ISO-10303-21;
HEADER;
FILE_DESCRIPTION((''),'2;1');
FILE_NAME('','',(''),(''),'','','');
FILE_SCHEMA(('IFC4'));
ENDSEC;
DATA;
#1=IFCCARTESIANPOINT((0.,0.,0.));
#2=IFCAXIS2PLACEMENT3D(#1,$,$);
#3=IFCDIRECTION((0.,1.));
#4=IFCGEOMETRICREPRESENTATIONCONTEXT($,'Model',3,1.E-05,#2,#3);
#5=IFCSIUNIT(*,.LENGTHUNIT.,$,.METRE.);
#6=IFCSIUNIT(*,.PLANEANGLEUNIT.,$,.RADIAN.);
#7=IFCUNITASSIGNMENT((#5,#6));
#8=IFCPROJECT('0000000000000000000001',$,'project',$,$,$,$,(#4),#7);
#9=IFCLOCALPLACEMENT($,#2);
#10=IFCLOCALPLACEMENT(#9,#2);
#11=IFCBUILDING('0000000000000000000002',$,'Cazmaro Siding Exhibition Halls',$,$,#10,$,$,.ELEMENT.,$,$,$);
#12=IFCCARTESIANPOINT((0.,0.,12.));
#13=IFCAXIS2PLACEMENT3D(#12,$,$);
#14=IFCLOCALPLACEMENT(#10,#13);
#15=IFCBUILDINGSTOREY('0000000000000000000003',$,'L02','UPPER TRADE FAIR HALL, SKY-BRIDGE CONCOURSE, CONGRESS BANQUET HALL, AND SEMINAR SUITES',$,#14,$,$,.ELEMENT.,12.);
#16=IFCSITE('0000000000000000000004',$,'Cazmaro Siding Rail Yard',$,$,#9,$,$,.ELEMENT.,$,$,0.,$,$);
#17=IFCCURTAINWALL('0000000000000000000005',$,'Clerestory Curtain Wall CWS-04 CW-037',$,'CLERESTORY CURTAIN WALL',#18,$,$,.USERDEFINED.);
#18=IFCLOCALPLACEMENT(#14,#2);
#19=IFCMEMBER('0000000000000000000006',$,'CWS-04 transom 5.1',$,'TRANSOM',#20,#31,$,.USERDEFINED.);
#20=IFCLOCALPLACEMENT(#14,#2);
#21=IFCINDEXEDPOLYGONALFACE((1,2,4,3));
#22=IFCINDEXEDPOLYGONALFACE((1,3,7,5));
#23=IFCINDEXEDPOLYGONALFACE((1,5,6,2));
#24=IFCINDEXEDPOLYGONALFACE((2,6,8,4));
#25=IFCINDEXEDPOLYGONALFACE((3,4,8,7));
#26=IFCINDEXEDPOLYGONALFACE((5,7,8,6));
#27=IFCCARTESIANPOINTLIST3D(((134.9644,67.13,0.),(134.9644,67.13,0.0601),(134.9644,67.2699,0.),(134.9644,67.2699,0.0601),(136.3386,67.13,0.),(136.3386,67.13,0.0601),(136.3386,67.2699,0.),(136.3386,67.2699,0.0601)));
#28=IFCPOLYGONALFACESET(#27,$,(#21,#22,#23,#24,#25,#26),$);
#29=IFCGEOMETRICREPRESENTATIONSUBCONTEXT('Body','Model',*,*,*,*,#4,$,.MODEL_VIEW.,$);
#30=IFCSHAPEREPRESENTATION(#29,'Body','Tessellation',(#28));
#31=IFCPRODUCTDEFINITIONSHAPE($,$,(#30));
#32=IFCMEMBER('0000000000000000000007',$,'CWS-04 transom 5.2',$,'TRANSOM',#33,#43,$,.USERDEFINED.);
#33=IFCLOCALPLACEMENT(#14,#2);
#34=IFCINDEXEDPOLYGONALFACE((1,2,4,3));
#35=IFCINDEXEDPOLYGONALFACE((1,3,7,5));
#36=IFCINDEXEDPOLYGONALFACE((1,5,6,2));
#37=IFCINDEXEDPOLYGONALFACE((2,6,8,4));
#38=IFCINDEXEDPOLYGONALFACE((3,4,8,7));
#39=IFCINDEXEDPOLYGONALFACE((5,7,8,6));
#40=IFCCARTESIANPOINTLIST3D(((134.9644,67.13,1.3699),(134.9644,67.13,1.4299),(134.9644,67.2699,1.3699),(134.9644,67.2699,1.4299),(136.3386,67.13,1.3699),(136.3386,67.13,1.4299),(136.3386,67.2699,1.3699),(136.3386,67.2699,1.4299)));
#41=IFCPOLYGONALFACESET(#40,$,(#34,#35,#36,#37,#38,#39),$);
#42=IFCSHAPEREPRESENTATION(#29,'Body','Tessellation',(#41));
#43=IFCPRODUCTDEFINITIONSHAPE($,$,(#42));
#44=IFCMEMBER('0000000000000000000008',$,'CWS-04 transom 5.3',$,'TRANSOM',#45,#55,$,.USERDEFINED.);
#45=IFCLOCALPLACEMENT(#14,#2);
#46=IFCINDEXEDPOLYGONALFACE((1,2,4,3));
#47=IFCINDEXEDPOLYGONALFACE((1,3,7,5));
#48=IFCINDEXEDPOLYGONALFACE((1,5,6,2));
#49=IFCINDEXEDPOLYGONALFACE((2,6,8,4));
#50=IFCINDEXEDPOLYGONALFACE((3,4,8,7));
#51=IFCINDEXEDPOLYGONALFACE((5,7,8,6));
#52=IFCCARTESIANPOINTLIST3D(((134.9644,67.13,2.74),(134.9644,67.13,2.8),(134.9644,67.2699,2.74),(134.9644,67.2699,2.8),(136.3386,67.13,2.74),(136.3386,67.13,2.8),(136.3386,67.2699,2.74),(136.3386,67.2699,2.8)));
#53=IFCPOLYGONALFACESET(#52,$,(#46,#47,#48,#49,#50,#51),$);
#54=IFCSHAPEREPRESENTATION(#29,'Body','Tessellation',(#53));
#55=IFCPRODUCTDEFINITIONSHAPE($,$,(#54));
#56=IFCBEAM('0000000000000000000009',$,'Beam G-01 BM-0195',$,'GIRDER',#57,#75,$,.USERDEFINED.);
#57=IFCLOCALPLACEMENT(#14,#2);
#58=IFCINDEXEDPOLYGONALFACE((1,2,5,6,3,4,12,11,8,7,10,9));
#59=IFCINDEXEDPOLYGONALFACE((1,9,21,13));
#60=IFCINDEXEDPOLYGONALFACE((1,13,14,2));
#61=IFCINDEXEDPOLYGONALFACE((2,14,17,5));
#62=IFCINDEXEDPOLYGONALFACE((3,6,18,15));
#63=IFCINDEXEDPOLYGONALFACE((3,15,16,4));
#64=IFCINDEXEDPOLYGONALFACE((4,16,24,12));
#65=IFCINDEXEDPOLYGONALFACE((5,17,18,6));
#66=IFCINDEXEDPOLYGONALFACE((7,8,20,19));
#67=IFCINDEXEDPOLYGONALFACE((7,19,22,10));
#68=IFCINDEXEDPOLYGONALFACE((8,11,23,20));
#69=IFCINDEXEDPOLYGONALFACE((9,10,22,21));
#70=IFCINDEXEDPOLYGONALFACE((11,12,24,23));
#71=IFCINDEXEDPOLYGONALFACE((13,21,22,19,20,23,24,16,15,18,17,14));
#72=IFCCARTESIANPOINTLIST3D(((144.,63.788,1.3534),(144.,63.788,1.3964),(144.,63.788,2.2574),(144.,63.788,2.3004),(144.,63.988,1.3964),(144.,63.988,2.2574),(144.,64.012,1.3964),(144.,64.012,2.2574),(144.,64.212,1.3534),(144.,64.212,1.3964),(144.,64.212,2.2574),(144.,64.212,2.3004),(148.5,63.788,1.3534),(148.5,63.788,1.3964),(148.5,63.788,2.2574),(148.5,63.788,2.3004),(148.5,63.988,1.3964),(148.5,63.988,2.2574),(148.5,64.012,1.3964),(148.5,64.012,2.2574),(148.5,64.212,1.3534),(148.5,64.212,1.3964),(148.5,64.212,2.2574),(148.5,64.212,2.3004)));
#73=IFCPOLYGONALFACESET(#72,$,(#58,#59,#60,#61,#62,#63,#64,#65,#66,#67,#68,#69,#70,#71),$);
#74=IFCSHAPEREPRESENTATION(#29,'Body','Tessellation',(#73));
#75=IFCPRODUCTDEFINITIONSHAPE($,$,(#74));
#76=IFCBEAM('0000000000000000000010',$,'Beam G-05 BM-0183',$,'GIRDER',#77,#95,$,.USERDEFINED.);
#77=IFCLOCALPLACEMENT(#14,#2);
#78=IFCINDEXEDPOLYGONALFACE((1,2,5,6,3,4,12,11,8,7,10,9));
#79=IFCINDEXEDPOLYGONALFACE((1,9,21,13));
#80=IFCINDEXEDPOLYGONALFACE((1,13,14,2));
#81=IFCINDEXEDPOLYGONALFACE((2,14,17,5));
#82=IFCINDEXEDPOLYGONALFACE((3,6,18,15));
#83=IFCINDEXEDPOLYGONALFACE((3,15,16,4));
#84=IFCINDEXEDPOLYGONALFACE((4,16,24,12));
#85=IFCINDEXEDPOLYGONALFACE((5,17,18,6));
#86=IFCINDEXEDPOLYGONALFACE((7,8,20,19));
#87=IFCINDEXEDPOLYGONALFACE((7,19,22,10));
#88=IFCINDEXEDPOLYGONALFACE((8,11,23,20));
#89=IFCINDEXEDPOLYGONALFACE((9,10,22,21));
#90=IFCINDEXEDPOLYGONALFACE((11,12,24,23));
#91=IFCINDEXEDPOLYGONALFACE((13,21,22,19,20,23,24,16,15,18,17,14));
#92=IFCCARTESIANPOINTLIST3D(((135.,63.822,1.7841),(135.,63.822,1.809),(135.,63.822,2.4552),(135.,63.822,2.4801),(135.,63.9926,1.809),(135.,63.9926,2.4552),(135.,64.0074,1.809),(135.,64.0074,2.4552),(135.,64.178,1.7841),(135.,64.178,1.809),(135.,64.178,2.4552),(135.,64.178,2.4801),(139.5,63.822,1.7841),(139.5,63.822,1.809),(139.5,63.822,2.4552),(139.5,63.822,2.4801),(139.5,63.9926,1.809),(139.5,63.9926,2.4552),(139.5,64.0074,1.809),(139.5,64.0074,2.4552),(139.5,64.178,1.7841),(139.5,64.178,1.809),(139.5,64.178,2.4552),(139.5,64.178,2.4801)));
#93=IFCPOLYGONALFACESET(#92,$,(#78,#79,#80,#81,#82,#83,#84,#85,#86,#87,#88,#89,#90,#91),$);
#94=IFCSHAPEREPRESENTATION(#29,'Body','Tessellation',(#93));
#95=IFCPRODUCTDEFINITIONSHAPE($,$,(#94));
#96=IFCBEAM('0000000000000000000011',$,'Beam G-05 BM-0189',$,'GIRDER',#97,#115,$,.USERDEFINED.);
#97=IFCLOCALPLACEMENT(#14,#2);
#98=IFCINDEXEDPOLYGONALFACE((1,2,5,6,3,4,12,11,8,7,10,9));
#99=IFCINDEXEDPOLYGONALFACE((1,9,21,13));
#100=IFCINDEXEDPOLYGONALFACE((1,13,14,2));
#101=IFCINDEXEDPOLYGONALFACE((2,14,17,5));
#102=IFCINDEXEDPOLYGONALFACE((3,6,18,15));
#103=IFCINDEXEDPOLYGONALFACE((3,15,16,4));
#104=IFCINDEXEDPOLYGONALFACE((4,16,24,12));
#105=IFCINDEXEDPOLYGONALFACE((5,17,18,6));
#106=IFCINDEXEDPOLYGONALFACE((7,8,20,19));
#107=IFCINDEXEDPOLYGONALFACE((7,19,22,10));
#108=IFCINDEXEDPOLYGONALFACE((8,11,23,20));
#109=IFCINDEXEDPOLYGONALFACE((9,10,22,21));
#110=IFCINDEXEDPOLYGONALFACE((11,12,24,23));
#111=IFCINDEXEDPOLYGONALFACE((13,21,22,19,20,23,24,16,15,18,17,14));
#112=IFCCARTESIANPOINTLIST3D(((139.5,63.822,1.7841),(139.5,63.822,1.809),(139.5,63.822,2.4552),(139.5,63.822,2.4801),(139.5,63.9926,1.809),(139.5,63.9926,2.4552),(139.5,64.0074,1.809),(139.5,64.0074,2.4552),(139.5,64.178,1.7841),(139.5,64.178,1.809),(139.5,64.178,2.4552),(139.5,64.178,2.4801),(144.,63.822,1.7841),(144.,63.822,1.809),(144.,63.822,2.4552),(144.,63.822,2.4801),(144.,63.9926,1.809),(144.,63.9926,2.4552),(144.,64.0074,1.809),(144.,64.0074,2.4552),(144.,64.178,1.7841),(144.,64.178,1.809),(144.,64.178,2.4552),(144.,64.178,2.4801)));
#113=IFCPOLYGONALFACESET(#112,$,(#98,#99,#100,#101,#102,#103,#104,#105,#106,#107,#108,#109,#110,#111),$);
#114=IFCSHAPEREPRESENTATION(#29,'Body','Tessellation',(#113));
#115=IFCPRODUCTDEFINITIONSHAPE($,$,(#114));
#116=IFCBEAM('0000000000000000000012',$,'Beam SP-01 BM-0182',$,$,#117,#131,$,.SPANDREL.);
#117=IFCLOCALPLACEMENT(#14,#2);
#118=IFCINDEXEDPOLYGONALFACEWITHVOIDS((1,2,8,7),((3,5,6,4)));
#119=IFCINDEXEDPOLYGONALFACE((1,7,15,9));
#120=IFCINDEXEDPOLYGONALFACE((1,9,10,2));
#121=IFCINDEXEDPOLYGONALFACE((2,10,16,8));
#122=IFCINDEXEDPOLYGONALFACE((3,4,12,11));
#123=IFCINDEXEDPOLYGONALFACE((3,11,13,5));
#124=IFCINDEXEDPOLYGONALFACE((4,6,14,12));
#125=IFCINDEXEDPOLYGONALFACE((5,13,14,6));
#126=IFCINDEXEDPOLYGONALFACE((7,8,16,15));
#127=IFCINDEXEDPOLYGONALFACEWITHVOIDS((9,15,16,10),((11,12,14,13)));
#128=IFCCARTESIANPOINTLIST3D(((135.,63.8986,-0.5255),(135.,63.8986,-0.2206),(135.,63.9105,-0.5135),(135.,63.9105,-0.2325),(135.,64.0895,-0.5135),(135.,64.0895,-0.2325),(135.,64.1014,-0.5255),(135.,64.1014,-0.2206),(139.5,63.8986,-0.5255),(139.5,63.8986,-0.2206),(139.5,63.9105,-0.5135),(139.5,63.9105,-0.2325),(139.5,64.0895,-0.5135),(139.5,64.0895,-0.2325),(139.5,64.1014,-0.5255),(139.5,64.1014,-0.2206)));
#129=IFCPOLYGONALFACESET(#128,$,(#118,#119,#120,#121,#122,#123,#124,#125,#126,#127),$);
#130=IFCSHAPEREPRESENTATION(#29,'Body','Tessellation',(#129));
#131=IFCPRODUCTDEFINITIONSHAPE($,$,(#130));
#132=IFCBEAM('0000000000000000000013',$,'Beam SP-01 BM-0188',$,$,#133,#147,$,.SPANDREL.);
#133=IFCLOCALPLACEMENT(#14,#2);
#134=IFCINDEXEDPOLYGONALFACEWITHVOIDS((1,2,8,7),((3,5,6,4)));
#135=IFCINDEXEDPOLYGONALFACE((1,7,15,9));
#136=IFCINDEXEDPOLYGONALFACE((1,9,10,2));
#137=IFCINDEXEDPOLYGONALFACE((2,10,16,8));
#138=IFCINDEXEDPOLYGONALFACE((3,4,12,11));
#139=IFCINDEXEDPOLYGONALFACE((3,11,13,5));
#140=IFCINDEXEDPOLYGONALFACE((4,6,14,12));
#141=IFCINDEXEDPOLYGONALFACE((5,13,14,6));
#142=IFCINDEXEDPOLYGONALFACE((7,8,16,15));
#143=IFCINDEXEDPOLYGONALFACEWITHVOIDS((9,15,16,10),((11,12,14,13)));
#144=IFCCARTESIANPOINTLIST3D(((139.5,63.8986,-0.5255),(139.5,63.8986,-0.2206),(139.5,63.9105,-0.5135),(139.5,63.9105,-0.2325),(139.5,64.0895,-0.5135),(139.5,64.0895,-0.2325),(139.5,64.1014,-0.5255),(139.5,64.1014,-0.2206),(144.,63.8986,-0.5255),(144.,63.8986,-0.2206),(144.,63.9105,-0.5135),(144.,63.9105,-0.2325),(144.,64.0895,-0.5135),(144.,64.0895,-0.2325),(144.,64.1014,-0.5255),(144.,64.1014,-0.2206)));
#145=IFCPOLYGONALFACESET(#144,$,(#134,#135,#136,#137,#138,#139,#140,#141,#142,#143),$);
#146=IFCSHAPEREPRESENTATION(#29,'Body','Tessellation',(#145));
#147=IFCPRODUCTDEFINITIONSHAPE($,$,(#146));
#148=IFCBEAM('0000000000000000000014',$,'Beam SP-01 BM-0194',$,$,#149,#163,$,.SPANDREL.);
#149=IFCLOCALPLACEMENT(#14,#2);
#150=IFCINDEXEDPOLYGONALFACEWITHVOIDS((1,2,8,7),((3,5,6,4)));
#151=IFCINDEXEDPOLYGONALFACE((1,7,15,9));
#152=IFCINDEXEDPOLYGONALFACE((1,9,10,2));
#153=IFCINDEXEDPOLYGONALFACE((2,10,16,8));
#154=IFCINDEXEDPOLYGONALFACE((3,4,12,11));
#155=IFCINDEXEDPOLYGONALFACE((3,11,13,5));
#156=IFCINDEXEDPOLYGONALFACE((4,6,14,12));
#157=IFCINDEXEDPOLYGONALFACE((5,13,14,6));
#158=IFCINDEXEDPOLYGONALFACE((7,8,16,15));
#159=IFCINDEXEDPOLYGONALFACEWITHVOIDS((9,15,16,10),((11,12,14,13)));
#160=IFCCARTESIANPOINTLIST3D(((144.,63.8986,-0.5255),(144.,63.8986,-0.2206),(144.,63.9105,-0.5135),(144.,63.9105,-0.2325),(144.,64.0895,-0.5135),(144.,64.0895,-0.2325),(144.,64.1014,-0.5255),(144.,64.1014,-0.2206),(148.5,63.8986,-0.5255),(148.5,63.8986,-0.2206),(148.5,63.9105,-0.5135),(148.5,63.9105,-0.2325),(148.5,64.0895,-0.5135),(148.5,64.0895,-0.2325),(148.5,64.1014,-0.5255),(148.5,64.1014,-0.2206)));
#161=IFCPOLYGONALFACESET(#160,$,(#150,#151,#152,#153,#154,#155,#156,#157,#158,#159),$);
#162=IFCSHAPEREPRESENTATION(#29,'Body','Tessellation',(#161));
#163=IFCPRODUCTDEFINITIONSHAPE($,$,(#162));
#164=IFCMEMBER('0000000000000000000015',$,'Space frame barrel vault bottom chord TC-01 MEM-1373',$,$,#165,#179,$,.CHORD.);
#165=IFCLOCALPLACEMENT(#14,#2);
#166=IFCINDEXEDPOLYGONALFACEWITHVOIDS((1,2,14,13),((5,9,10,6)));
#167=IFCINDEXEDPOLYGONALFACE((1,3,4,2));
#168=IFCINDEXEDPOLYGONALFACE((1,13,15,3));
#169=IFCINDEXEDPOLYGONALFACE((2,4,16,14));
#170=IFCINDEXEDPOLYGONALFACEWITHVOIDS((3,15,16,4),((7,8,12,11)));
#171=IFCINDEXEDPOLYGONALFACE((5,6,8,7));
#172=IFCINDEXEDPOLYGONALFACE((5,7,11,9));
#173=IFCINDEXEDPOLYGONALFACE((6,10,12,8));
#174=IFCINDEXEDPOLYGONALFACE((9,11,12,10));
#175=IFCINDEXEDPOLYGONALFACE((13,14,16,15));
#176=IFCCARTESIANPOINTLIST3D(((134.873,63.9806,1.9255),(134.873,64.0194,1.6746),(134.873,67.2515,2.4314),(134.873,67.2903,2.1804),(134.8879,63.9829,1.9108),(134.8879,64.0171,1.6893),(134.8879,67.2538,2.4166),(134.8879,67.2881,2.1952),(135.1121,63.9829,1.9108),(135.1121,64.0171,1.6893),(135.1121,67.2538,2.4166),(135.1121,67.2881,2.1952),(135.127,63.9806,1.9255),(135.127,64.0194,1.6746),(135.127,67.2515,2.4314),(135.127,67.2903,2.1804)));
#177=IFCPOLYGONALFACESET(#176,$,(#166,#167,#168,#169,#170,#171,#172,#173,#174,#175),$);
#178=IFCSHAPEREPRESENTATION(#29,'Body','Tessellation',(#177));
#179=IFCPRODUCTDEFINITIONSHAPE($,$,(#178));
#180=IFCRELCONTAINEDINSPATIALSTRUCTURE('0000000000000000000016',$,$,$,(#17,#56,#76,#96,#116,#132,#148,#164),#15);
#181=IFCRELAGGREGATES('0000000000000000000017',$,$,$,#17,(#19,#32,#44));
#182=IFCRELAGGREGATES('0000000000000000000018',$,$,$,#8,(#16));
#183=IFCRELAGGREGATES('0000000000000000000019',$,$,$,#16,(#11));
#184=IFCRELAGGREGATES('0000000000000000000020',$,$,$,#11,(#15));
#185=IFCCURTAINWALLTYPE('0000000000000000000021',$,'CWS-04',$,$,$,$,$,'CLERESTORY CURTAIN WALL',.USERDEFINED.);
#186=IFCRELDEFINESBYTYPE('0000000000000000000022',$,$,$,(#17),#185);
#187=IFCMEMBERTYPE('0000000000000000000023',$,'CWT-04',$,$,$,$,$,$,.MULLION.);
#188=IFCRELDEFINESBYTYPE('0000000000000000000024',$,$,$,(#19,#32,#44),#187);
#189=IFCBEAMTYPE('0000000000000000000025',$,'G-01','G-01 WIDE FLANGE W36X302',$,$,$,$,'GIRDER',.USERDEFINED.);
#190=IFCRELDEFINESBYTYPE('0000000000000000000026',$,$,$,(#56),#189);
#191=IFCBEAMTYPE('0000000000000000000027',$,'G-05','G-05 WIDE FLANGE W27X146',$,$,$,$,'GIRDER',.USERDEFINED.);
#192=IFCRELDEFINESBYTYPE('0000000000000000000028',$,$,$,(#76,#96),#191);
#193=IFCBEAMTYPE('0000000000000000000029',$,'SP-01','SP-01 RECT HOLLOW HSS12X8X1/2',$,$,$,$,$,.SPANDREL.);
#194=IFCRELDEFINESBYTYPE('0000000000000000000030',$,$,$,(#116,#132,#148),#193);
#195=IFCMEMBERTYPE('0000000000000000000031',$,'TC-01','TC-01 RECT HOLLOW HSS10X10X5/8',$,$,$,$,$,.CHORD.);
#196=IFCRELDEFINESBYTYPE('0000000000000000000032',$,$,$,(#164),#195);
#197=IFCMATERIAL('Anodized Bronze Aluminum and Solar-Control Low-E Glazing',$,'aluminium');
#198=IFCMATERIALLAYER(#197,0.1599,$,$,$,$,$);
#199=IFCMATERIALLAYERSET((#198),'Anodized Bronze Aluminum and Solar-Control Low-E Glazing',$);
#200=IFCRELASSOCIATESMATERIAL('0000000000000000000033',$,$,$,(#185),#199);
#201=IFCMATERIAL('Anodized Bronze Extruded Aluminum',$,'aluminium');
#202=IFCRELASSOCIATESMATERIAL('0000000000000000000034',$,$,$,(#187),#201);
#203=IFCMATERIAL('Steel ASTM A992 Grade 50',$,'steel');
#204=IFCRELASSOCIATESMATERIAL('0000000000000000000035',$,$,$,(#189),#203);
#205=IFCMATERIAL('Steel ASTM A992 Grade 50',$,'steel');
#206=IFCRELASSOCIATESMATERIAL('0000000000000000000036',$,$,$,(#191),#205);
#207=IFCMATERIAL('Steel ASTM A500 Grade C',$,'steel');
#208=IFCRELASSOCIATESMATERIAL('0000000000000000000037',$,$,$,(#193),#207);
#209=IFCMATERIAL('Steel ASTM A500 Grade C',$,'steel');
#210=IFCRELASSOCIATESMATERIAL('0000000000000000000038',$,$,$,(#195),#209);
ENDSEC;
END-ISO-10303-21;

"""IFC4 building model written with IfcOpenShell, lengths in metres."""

from ifc_helpers import new_model, si_unit, direction, frame, origin, origin_2d, place, context, subcontext, project, spatial, rectangle, hollow_rectangle, i_section, extrude, material, layer, layer_set, material_profile, profile_set, type_object, element, aggregate, save


model = new_model("IFC4")

# Units and contexts
model_context = context("Model", 3, precision=1e-05, world=origin(), true_north=direction((0.0, 1.0)))
body_context = subcontext(model_context, "Body", "Model", "MODEL_VIEW")
ifc_project = project(units=[si_unit("LENGTHUNIT", "METRE"), si_unit("PLANEANGLEUNIT", "RADIAN")], contexts=[model_context])

# Site, building, storey
site_placement = place(None, origin())
site = spatial("IfcSite", under=ifc_project, at=site_placement, Name="Cazmaro Siding Rail Yard", CompositionType="ELEMENT", RefElevation=0.0)
building_placement = place(site_placement, origin())
building = spatial("IfcBuilding", under=site, at=building_placement, Name="Cazmaro Siding Exhibition Halls", CompositionType="ELEMENT")
storey_placement = place(building_placement, frame((0.0, 0.0, 12.0)))
storey = spatial("IfcBuildingStorey", under=building, at=storey_placement, Name="L02", Description="UPPER TRADE FAIR HALL, SKY-BRIDGE CONCOURSE, CONGRESS BANQUET HALL, AND SEMINAR SUITES", CompositionType="ELEMENT", Elevation=12.0)

# Curtain wall, members
ifc_material_1 = material(Name="Anodized Bronze Aluminum and Solar-Control Low-E Glazing", Category="aluminium")
ifc_layer_1 = layer(ifc_material_1, 0.1599)
ifc_layer_set_1 = layer_set([ifc_layer_1], Name="Anodized Bronze Aluminum and Solar-Control Low-E Glazing")
curtain_wall_type = type_object("IfcCurtainWallType", Name="CWS-04", ElementType="CLERESTORY CURTAIN WALL", PredefinedType="USERDEFINED", material=ifc_layer_set_1)
curtain_wall_placement = place(storey_placement, origin())
curtain_wall = element("IfcCurtainWall", 1, at=curtain_wall_placement, inside=storey, type_object=curtain_wall_type, Name="Clerestory Curtain Wall CWS-04 CW-037", ObjectType="CLERESTORY CURTAIN WALL", PredefinedType="USERDEFINED")
ifc_material_2 = material(Name="Anodized Bronze Extruded Aluminum", Category="aluminium")
ifc_material_profile_1 = material_profile(ifc_material_2, rectangle(XDim=0.1399, YDim=0.0601, at=origin_2d()), Name="CWT-04")
ifc_profile_set_1 = profile_set([ifc_material_profile_1], Name="Anodized Bronze Extruded Aluminum")
member_type_1 = type_object("IfcMemberType", Name="CWT-04", PredefinedType="MULLION", material=ifc_profile_set_1)
member_1_placement = place(storey_placement, frame((134.9644, 67.2, 0.03), z_axis=(1.0, 0.0, 0.0), x_axis=(0.0, 1.0, 0.0)))
member_1 = element("IfcMember", 2, at=member_1_placement, type_object=member_type_1, Name="CWS-04 transom 5.1", ObjectType="TRANSOM", PredefinedType="USERDEFINED", context=body_context, shape_type="SweptSolid", body=[
    extrude(rectangle(XDim=0.1399, YDim=0.0601, at=origin_2d()), origin(), (0.0, 0.0, 1.0), 1.3743),
])
member_2_placement = place(storey_placement, frame((134.9644, 67.2, 1.3999), z_axis=(1.0, 0.0, 0.0), x_axis=(0.0, 1.0, 0.0)))
member_2 = element("IfcMember", 3, at=member_2_placement, type_object=member_type_1, Name="CWS-04 transom 5.2", ObjectType="TRANSOM", PredefinedType="USERDEFINED", context=body_context, shape_type="SweptSolid", body=[
    extrude(rectangle(XDim=0.1399, YDim=0.0601, at=origin_2d()), origin(), (0.0, 0.0, 1.0), 1.3743),
])
member_3_placement = place(storey_placement, frame((134.9644, 67.2, 2.77), z_axis=(1.0, 0.0, 0.0), x_axis=(0.0, 1.0, 0.0)))
member_3 = element("IfcMember", 4, at=member_3_placement, type_object=member_type_1, Name="CWS-04 transom 5.3", ObjectType="TRANSOM", PredefinedType="USERDEFINED", context=body_context, shape_type="SweptSolid", body=[
    extrude(rectangle(XDim=0.1399, YDim=0.0601, at=origin_2d()), origin(), (0.0, 0.0, 1.0), 1.3743),
])

# Beams
ifc_material_3 = material(Name="Steel ASTM A992 Grade 50", Category="steel")
ifc_material_profile_2 = material_profile(ifc_material_3, i_section(OverallWidth=0.4241, OverallDepth=0.947, WebThickness=0.0239, FlangeThickness=0.043, at=origin_2d()), Name="W36X302")
ifc_profile_set_2 = profile_set([ifc_material_profile_2], Name="Steel ASTM A992 Grade 50")
beam_type_1 = type_object("IfcBeamType", Name="G-01", Description="G-01 WIDE FLANGE W36X302", ElementType="GIRDER", PredefinedType="USERDEFINED", material=ifc_profile_set_2)
beam_1_placement = place(storey_placement, frame((144.0, 64.0, 1.8269), z_axis=(1.0, 0.0, 0.0), x_axis=(0.0, 1.0, 0.0)))
element("IfcBeam", 5, at=beam_1_placement, inside=storey, type_object=beam_type_1, Name="Beam G-01 BM-0195", ObjectType="GIRDER", PredefinedType="USERDEFINED", context=body_context, shape_type="SweptSolid", body=[
    extrude(i_section(OverallWidth=0.4241, OverallDepth=0.947, WebThickness=0.0239, FlangeThickness=0.043, at=origin_2d()), origin(), (0.0, 0.0, 1.0), 4.5),
])
ifc_material_4 = material(Name="Steel ASTM A992 Grade 50", Category="steel")
ifc_material_profile_3 = material_profile(ifc_material_4, i_section(OverallWidth=0.356, OverallDepth=0.696, WebThickness=0.0149, FlangeThickness=0.0249, at=origin_2d()), Name="W27X146")
ifc_profile_set_3 = profile_set([ifc_material_profile_3], Name="Steel ASTM A992 Grade 50")
beam_type_2 = type_object("IfcBeamType", Name="G-05", Description="G-05 WIDE FLANGE W27X146", ElementType="GIRDER", PredefinedType="USERDEFINED", material=ifc_profile_set_3)
for number, where, z_axis, x_axis, name in (
    (6, (135.0, 64.0, 2.1321), (1.0, 0.0, 0.0), (0.0, 1.0, 0.0), "Beam G-05 BM-0183"),
    (7, (139.5, 64.0, 2.1321), (1.0, 0.0, 0.0), (0.0, 1.0, 0.0), "Beam G-05 BM-0189"),
):
    element("IfcBeam", number, at=place(storey_placement, frame(where, z_axis=z_axis, x_axis=x_axis)), inside=storey, type_object=beam_type_2, Name=name, ObjectType="GIRDER", PredefinedType="USERDEFINED", context=body_context, shape_type="SweptSolid", body=[
        extrude(i_section(OverallWidth=0.356, OverallDepth=0.696, WebThickness=0.0149, FlangeThickness=0.0249, at=origin_2d()), origin(), (0.0, 0.0, 1.0), 4.5),
    ])
ifc_material_5 = material(Name="Steel ASTM A500 Grade C", Category="steel")
ifc_material_profile_4 = material_profile(ifc_material_5, hollow_rectangle(XDim=0.2029, YDim=0.3049, WallThickness=0.012, at=origin_2d()), Name="HSS12X8X1/2")
ifc_profile_set_4 = profile_set([ifc_material_profile_4], Name="Steel ASTM A500 Grade C")
beam_type_3 = type_object("IfcBeamType", Name="SP-01", Description="SP-01 RECT HOLLOW HSS12X8X1/2", PredefinedType="SPANDREL", material=ifc_profile_set_4)
for number, where, z_axis, x_axis, name in (
    (8, (135.0, 64.0, -0.373), (1.0, 0.0, 0.0), (0.0, 1.0, 0.0), "Beam SP-01 BM-0182"),
    (9, (139.5, 64.0, -0.373), (1.0, 0.0, 0.0), (0.0, 1.0, 0.0), "Beam SP-01 BM-0188"),
    (10, (144.0, 64.0, -0.373), (1.0, 0.0, 0.0), (0.0, 1.0, 0.0), "Beam SP-01 BM-0194"),
):
    element("IfcBeam", number, at=place(storey_placement, frame(where, z_axis=z_axis, x_axis=x_axis)), inside=storey, type_object=beam_type_3, Name=name, PredefinedType="SPANDREL", context=body_context, shape_type="SweptSolid", body=[
        extrude(hollow_rectangle(XDim=0.2029, YDim=0.3049, WallThickness=0.012, at=origin_2d()), origin(), (0.0, 0.0, 1.0), 4.5),
    ])

# Member
ifc_material_6 = material(Name="Steel ASTM A500 Grade C", Category="steel")
ifc_material_profile_5 = material_profile(ifc_material_6, hollow_rectangle(XDim=0.2539, YDim=0.2539, WallThickness=0.0149, at=origin_2d()), Name="HSS10X10X5/8")
ifc_profile_set_5 = profile_set([ifc_material_profile_5], Name="Steel ASTM A500 Grade C")
member_type_2 = type_object("IfcMemberType", Name="TC-01", Description="TC-01 RECT HOLLOW HSS10X10X5/8", PredefinedType="CHORD", material=ifc_profile_set_5)
member_4_placement = place(storey_placement, frame((135.0, 64.0, 1.8), z_axis=(0.0, 0.988252, 0.152833), x_axis=(-1.0, 0.0, 0.0)))
element("IfcMember", 11, at=member_4_placement, inside=storey, type_object=member_type_2, Name="Space frame barrel vault bottom chord TC-01 MEM-1373", PredefinedType="CHORD", context=body_context, shape_type="SweptSolid", body=[
    extrude(hollow_rectangle(XDim=0.2539, YDim=0.2539, WallThickness=0.0149, at=origin_2d()), origin(), (0.0, 0.0, 1.0), 3.3098),
])

aggregate(curtain_wall, [member_1, member_2, member_3])

save(model, "model.ifc")
